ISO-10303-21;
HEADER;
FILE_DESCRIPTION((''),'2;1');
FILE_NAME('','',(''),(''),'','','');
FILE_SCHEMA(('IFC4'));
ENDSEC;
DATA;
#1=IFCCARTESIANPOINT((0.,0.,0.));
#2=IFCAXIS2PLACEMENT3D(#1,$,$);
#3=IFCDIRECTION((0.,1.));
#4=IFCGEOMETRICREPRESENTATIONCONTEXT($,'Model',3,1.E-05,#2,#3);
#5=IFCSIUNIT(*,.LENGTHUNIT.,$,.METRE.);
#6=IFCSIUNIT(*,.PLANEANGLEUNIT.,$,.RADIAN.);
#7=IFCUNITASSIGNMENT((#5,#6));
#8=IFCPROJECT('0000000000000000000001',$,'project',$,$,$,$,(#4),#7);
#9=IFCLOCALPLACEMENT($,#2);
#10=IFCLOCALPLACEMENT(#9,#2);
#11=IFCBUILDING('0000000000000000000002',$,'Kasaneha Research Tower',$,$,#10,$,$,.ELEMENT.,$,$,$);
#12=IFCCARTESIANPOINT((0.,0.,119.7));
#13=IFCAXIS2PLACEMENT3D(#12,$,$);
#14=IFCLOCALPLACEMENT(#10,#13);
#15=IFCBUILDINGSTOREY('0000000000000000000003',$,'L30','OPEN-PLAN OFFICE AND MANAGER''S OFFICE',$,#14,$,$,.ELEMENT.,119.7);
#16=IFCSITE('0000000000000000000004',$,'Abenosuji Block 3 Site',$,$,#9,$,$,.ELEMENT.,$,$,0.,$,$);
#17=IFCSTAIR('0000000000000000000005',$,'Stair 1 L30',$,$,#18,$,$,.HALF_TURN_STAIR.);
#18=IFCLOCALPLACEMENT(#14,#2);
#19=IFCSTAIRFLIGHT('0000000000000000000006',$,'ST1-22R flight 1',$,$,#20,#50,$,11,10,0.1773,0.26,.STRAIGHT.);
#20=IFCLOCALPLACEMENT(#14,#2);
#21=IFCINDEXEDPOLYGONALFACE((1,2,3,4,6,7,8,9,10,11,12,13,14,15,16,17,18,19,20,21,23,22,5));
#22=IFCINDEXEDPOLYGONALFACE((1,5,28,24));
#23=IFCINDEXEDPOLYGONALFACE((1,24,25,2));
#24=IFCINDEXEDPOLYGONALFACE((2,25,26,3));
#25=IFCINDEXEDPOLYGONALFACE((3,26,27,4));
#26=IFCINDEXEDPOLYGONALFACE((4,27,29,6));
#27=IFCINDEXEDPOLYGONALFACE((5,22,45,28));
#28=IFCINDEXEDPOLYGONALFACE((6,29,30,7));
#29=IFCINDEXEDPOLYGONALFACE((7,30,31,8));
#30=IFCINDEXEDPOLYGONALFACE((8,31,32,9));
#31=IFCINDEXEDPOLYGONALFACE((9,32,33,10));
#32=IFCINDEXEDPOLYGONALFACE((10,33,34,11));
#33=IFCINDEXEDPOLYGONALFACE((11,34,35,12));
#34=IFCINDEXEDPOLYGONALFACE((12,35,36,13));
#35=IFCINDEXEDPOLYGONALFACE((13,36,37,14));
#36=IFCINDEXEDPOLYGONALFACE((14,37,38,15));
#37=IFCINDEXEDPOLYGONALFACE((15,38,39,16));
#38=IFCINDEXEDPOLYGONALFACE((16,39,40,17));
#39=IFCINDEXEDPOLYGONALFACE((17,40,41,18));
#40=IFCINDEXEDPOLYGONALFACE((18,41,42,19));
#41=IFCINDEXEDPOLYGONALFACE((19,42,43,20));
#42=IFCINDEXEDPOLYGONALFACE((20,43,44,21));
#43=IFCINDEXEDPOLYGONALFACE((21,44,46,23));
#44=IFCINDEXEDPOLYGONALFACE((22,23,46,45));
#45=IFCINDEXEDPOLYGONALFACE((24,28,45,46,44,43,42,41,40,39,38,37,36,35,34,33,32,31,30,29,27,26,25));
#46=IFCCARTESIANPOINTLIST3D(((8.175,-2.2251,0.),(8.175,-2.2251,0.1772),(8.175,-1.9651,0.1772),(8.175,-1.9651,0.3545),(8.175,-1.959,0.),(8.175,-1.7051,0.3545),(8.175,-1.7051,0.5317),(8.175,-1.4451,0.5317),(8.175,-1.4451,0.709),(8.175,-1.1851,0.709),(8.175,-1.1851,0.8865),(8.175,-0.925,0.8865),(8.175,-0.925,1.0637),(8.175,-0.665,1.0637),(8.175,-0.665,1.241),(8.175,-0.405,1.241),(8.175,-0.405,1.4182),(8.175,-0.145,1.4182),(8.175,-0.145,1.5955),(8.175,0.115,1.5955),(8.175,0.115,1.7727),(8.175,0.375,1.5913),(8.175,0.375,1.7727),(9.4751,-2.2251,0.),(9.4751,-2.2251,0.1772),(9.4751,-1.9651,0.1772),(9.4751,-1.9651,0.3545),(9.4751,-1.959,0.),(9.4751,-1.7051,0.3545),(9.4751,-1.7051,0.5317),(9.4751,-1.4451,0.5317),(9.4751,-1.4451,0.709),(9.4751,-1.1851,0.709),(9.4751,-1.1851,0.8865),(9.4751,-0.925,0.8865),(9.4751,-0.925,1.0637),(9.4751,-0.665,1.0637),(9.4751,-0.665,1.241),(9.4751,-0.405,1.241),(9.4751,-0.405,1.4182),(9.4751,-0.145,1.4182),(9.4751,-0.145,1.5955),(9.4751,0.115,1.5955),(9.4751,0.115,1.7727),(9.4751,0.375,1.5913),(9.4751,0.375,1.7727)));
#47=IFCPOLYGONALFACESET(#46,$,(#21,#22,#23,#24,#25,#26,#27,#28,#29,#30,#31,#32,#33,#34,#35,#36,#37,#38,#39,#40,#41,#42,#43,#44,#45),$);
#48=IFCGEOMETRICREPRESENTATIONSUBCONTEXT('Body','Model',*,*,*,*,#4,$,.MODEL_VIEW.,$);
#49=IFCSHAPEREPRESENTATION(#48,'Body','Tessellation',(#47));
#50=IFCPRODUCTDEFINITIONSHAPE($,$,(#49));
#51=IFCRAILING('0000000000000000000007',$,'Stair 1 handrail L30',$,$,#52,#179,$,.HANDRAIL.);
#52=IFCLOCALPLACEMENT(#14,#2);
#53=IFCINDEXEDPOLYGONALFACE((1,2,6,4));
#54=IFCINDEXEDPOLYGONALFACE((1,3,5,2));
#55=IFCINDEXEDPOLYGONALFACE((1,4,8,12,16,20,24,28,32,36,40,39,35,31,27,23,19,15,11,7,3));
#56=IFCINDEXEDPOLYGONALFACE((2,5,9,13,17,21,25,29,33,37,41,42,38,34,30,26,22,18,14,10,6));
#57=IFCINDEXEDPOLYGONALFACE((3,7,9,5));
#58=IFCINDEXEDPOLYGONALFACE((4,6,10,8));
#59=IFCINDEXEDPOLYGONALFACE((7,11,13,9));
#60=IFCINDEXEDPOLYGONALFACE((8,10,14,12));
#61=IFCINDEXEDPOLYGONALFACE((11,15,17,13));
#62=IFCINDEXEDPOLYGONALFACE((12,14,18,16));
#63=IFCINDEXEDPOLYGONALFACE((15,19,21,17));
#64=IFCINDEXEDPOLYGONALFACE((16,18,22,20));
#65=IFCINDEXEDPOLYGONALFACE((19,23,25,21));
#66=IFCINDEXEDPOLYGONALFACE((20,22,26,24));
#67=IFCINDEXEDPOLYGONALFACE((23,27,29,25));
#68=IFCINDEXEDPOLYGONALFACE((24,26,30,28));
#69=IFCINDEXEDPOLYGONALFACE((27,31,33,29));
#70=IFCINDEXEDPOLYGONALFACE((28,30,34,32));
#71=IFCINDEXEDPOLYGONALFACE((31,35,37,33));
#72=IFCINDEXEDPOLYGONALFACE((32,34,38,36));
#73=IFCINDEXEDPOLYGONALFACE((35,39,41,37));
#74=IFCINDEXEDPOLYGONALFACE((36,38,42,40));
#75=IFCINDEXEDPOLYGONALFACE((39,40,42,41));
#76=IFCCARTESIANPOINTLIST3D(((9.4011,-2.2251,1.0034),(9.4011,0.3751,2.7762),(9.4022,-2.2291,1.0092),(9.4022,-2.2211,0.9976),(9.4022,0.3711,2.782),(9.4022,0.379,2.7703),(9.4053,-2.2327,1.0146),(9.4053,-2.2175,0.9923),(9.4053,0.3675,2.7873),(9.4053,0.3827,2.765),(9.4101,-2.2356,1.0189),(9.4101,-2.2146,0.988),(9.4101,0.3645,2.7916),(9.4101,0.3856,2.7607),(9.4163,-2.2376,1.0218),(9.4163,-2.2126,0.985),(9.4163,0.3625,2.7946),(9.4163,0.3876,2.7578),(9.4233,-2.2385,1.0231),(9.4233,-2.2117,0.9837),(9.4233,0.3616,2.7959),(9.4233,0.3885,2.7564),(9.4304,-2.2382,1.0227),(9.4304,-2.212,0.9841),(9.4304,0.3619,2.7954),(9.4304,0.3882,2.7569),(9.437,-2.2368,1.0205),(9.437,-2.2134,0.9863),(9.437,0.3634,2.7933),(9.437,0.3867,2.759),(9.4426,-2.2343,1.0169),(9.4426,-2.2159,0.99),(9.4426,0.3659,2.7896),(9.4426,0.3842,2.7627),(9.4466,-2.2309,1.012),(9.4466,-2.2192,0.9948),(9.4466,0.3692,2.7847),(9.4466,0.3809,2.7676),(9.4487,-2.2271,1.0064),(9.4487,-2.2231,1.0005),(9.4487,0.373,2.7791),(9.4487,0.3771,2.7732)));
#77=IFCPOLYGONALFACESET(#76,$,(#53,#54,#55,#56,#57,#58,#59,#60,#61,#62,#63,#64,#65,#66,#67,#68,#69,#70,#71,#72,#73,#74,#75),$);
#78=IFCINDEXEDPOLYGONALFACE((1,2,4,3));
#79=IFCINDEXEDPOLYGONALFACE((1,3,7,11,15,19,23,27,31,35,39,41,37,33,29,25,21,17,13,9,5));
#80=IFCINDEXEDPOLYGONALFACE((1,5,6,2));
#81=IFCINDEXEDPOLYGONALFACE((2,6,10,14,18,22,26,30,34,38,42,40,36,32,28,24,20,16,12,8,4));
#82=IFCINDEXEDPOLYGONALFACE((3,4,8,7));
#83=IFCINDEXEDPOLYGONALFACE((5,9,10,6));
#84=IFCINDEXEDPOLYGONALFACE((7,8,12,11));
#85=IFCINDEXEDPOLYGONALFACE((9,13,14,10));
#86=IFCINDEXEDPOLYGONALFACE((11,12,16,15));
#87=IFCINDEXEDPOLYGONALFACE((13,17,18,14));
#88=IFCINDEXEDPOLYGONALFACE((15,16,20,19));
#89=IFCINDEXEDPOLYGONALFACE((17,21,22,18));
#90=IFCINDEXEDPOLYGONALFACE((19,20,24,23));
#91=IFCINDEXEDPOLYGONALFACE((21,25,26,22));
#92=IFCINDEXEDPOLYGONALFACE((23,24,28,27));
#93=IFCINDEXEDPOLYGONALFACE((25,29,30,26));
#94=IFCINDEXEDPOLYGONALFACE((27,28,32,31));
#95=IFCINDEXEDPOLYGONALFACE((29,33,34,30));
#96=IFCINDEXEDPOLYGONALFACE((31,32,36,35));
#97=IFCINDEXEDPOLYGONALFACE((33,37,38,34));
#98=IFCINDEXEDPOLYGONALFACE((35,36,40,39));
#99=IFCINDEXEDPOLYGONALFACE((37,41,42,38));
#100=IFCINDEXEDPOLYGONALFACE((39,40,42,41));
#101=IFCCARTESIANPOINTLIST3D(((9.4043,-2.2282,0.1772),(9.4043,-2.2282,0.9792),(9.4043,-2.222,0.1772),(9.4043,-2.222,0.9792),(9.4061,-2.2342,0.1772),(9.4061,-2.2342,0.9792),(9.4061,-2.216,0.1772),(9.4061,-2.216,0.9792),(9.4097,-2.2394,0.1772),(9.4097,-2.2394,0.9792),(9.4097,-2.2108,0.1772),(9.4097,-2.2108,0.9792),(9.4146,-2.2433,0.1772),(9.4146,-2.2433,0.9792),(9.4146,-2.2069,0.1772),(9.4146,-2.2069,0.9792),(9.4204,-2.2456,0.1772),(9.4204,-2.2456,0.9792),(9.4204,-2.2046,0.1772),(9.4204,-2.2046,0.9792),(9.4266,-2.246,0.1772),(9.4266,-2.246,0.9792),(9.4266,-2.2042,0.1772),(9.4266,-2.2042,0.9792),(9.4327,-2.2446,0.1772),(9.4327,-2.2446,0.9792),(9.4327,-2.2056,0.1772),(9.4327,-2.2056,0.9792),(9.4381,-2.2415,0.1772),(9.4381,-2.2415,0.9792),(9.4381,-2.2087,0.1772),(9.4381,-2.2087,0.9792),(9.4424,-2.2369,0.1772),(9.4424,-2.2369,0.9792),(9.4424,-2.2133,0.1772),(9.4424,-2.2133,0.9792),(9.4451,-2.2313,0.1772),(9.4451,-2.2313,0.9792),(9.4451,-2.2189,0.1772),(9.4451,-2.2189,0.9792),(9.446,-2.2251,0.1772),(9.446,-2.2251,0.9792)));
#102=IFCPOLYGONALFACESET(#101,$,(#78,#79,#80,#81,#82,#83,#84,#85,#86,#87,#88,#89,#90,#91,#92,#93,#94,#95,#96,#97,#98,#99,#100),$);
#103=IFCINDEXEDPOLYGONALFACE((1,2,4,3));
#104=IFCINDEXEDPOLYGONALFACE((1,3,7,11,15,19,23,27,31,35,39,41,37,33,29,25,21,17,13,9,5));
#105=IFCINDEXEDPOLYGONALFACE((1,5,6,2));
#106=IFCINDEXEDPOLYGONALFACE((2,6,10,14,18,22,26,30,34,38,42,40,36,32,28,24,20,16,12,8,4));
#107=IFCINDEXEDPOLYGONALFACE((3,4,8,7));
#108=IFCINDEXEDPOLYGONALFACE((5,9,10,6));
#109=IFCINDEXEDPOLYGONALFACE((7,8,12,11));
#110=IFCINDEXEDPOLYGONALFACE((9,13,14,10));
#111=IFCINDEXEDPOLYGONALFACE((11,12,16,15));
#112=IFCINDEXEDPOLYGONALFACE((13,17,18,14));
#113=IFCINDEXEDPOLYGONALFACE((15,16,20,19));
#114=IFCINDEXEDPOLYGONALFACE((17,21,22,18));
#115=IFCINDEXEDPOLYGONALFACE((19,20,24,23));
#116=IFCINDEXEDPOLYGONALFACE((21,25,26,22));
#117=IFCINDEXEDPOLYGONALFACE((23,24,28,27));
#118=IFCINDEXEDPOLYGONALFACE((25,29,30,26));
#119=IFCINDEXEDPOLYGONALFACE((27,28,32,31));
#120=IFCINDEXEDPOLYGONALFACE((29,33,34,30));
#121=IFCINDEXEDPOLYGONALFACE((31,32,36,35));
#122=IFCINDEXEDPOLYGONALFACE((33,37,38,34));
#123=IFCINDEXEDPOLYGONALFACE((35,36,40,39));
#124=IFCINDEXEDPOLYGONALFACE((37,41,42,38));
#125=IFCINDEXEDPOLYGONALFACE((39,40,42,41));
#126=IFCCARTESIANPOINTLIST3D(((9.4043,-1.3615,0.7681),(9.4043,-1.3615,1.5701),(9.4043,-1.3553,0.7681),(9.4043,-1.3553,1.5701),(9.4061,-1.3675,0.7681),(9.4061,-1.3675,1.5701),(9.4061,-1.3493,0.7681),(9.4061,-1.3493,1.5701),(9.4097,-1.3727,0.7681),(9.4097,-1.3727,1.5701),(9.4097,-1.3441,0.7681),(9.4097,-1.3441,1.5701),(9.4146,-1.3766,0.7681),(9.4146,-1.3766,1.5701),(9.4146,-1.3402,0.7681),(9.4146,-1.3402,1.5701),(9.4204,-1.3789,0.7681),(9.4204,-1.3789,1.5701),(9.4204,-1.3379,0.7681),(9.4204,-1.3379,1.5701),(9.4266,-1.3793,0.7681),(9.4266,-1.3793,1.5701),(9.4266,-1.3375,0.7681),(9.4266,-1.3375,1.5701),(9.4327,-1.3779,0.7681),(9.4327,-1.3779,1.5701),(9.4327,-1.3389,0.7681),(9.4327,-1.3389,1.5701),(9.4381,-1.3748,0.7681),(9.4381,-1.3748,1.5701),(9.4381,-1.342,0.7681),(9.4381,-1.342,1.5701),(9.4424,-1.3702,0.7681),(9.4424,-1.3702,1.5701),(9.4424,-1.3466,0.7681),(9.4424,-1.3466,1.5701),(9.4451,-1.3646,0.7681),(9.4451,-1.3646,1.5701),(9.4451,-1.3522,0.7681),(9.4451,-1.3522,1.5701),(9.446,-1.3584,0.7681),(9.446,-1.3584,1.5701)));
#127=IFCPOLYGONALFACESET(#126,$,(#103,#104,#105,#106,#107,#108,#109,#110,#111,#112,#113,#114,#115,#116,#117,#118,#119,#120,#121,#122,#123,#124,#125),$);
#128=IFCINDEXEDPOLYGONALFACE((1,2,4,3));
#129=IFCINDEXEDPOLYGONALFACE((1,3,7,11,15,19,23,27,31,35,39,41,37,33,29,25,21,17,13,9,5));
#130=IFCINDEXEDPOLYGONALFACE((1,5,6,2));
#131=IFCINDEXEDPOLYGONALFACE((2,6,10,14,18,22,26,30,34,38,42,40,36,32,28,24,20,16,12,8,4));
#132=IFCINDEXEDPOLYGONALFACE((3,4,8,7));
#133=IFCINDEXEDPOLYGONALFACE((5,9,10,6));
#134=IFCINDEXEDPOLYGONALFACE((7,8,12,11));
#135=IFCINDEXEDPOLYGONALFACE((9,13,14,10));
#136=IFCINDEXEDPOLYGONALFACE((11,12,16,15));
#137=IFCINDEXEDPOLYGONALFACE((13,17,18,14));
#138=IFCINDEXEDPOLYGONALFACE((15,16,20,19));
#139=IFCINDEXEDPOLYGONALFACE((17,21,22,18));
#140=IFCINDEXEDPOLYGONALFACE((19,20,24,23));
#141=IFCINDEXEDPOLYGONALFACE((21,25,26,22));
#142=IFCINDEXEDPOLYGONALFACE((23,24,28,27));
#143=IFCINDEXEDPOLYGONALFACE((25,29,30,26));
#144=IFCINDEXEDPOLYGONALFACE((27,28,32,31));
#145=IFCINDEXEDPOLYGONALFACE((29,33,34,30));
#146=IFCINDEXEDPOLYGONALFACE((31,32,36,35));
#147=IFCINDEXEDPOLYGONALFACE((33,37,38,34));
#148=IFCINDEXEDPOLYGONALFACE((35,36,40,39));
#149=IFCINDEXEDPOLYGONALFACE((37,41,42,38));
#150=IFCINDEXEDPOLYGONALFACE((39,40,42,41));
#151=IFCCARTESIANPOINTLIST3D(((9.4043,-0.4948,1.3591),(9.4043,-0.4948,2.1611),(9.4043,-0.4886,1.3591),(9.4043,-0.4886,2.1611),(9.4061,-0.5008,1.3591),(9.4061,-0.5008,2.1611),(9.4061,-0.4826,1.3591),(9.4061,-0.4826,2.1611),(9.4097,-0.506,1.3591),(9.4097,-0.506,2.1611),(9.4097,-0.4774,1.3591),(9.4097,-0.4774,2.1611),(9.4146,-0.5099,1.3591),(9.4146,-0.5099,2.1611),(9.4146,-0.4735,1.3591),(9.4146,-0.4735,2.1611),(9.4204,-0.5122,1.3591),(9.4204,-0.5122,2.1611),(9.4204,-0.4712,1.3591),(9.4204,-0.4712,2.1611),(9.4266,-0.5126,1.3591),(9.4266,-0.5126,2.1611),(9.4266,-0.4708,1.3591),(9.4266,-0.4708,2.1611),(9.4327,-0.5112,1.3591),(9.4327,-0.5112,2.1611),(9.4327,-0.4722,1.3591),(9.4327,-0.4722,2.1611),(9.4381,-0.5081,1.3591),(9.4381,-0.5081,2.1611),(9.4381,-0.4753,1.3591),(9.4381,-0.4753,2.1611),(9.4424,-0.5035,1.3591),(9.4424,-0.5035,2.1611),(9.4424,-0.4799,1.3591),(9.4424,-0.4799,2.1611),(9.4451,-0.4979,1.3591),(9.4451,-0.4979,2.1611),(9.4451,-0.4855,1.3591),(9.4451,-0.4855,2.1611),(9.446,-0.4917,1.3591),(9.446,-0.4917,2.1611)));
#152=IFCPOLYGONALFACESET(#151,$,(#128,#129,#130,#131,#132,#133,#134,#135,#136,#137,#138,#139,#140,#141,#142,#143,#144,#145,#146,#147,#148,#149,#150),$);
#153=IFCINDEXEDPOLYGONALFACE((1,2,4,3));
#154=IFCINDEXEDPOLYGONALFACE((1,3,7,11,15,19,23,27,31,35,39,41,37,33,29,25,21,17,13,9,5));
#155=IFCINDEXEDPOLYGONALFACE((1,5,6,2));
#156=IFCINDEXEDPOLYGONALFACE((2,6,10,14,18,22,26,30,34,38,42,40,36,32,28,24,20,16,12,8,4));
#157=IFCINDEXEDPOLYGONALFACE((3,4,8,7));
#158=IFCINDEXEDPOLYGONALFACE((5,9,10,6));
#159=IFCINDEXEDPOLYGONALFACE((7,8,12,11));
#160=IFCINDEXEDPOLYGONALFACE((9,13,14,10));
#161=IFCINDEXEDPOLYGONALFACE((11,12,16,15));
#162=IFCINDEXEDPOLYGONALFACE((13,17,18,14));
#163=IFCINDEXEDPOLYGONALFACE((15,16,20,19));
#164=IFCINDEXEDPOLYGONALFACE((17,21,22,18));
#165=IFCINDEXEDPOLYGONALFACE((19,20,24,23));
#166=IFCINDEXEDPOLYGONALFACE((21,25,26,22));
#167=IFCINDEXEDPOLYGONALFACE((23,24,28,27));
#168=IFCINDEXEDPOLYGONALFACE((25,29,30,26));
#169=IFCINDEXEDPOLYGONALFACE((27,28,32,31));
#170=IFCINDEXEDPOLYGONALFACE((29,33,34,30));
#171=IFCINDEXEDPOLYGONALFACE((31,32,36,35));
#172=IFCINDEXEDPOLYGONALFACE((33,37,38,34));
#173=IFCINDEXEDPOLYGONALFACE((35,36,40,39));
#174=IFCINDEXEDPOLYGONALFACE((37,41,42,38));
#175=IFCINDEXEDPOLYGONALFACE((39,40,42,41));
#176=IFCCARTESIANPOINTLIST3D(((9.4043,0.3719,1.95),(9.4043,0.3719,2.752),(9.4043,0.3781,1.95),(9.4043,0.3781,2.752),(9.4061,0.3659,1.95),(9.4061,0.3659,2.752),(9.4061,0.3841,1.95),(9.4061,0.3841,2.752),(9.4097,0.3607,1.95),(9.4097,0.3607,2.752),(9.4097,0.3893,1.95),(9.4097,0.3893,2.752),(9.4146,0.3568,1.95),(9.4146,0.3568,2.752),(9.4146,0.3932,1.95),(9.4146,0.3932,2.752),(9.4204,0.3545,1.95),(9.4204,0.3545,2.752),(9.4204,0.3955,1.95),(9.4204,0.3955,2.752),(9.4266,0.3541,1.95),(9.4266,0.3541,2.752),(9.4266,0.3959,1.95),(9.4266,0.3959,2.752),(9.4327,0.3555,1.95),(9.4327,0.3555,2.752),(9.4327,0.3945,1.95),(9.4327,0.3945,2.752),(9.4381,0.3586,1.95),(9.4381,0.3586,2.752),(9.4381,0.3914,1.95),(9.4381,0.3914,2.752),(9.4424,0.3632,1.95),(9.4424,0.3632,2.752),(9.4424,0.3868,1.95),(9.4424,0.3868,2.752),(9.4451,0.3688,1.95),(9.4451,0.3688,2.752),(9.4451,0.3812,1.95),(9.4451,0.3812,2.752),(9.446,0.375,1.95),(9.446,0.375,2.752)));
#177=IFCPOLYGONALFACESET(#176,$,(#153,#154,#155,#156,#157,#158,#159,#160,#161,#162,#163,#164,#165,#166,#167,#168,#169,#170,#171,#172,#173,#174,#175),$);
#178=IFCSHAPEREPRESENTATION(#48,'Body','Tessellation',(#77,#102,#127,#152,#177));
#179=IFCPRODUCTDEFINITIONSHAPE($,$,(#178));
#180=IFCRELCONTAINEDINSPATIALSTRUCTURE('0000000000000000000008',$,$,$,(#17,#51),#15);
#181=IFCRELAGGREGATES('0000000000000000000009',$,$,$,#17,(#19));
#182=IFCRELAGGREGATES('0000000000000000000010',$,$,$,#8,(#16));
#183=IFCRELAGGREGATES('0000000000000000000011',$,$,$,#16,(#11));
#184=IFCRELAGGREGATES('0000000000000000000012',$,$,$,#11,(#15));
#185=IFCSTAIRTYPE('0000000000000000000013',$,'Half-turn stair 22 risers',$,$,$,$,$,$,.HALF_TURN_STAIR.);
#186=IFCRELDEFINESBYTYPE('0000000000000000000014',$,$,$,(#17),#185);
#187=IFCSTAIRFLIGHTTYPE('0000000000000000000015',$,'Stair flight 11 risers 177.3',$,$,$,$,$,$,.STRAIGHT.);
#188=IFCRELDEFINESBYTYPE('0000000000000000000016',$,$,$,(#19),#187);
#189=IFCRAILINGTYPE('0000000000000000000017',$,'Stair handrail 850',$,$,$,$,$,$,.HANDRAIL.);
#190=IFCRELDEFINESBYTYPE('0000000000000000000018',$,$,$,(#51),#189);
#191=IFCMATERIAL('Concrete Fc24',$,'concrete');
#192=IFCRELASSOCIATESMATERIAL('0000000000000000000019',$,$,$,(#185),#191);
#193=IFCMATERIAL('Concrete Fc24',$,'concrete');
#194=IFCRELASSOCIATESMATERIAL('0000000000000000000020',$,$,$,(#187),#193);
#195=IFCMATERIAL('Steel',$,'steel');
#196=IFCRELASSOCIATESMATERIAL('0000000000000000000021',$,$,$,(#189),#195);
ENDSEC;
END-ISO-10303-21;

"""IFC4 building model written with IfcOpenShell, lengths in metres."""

from ifc_helpers import new_model, si_unit, direction, frame, origin, origin_2d, place, context, subcontext, project, spatial, polyline, circle, outline, extrude, material, type_object, element, aggregate, save


model = new_model("IFC4")

# Units and contexts
model_context = context("Model", 3, precision=1e-05, world=origin(), true_north=direction((0.0, 1.0)))
body_context = subcontext(model_context, "Body", "Model", "MODEL_VIEW")
ifc_project = project(units=[si_unit("LENGTHUNIT", "METRE"), si_unit("PLANEANGLEUNIT", "RADIAN")], contexts=[model_context])

# Site, building, storey
site_placement = place(None, origin())
site = spatial("IfcSite", under=ifc_project, at=site_placement, Name="Abenosuji Block 3 Site", CompositionType="ELEMENT", RefElevation=0.0)
building_placement = place(site_placement, origin())
building = spatial("IfcBuilding", under=site, at=building_placement, Name="Kasaneha Research Tower", CompositionType="ELEMENT")
storey_placement = place(building_placement, frame((0.0, 0.0, 119.7)))
storey = spatial("IfcBuildingStorey", under=building, at=storey_placement, Name="L30", Description="OPEN-PLAN OFFICE AND MANAGER'S OFFICE", CompositionType="ELEMENT", Elevation=119.7)

# Stair, stair flight
ifc_material_1 = material(Name="Concrete Fc24", Category="concrete")
stair_type = type_object("IfcStairType", Name="Half-turn stair 22 risers", PredefinedType="HALF_TURN_STAIR", material=ifc_material_1)
stair_placement = place(storey_placement, origin())
stair = element("IfcStair", 1, at=stair_placement, inside=storey, type_object=stair_type, Name="Stair 1 L30", PredefinedType="HALF_TURN_STAIR")
ifc_material_2 = material(Name="Concrete Fc24", Category="concrete")
stair_flight_type = type_object("IfcStairFlightType", Name="Stair flight 11 risers 177.3", PredefinedType="STRAIGHT", material=ifc_material_2)
stair_flight_placement = place(storey_placement, frame((8.825, -2.2251, 0.0), z_axis=(0.0, 0.0, 1.0), x_axis=(0.0, 1.0, 0.0)))
stair_flight = element("IfcStairFlight", 2, at=stair_flight_placement, type_object=stair_flight_type, Name="ST1-22R flight 1", NumberOfRisers=11, NumberOfTreads=10, PredefinedType="STRAIGHT", RiserHeight=0.1773, TreadLength=0.26, context=body_context, shape_type="SweptSolid", body=[
    extrude(outline(polyline([(0.0, 0.0), (0.0, 0.1772), (0.26, 0.1772), (0.26, 0.3545), (0.52, 0.3545), (0.52, 0.5317), (0.78, 0.5317), (0.78, 0.709), (1.04, 0.709), (1.04, 0.8865), (1.3, 0.8865), (1.3, 1.0637), (1.5601, 1.0637), (1.5601, 1.241), (1.8201, 1.241), (1.8201, 1.4182), (2.0801, 1.4182), (2.0801, 1.5955), (2.3401, 1.5955), (2.3401, 1.7727), (2.6001, 1.7727), (2.6001, 1.95), (2.6001, 1.5913), (0.2661, 0.0), (0.0, 0.0)])), frame((0.0, 0.6499, 0.0), z_axis=(0.0, -1.0, 0.0), x_axis=(1.0, 0.0, 0.0)), (0.0, 0.0, 1.0), 1.3),
])
aggregate(stair, [stair_flight])

# Railing
ifc_material_3 = material(Name="Steel", Category="steel")
railing_type = type_object("IfcRailingType", Name="Stair handrail 850", PredefinedType="HANDRAIL", material=ifc_material_3)
railing_placement = place(storey_placement, frame((9.425, -2.2251, 0.1772)))
element("IfcRailing", 3, at=railing_placement, inside=storey, type_object=railing_type, Name="Stair 1 handrail L30", PredefinedType="HANDRAIL", context=body_context, shape_type="SweptSolid", body=[
    extrude(circle(Radius=0.0239, at=origin_2d()), frame((0.0, 0.0, 0.8262), z_axis=(0.0, 0.82624, 0.563318), x_axis=(-1.0, 0.0, 0.0)), (0.0, 0.0, 1.0), 3.147),
    extrude(circle(Radius=0.021, at=origin_2d()), origin(), (0.0, 0.0, 1.0), 0.802),
    extrude(circle(Radius=0.021, at=origin_2d()), frame((0.0, 0.8667, 0.5908)), (0.0, 0.0, 1.0), 0.802),
    extrude(circle(Radius=0.021, at=origin_2d()), frame((0.0, 1.7334, 1.1819)), (0.0, 0.0, 1.0), 0.802),
    extrude(circle(Radius=0.021, at=origin_2d()), frame((0.0, 2.6001, 1.7727)), (0.0, 0.0, 1.0), 0.802),
])

save(model, "model.ifc")
